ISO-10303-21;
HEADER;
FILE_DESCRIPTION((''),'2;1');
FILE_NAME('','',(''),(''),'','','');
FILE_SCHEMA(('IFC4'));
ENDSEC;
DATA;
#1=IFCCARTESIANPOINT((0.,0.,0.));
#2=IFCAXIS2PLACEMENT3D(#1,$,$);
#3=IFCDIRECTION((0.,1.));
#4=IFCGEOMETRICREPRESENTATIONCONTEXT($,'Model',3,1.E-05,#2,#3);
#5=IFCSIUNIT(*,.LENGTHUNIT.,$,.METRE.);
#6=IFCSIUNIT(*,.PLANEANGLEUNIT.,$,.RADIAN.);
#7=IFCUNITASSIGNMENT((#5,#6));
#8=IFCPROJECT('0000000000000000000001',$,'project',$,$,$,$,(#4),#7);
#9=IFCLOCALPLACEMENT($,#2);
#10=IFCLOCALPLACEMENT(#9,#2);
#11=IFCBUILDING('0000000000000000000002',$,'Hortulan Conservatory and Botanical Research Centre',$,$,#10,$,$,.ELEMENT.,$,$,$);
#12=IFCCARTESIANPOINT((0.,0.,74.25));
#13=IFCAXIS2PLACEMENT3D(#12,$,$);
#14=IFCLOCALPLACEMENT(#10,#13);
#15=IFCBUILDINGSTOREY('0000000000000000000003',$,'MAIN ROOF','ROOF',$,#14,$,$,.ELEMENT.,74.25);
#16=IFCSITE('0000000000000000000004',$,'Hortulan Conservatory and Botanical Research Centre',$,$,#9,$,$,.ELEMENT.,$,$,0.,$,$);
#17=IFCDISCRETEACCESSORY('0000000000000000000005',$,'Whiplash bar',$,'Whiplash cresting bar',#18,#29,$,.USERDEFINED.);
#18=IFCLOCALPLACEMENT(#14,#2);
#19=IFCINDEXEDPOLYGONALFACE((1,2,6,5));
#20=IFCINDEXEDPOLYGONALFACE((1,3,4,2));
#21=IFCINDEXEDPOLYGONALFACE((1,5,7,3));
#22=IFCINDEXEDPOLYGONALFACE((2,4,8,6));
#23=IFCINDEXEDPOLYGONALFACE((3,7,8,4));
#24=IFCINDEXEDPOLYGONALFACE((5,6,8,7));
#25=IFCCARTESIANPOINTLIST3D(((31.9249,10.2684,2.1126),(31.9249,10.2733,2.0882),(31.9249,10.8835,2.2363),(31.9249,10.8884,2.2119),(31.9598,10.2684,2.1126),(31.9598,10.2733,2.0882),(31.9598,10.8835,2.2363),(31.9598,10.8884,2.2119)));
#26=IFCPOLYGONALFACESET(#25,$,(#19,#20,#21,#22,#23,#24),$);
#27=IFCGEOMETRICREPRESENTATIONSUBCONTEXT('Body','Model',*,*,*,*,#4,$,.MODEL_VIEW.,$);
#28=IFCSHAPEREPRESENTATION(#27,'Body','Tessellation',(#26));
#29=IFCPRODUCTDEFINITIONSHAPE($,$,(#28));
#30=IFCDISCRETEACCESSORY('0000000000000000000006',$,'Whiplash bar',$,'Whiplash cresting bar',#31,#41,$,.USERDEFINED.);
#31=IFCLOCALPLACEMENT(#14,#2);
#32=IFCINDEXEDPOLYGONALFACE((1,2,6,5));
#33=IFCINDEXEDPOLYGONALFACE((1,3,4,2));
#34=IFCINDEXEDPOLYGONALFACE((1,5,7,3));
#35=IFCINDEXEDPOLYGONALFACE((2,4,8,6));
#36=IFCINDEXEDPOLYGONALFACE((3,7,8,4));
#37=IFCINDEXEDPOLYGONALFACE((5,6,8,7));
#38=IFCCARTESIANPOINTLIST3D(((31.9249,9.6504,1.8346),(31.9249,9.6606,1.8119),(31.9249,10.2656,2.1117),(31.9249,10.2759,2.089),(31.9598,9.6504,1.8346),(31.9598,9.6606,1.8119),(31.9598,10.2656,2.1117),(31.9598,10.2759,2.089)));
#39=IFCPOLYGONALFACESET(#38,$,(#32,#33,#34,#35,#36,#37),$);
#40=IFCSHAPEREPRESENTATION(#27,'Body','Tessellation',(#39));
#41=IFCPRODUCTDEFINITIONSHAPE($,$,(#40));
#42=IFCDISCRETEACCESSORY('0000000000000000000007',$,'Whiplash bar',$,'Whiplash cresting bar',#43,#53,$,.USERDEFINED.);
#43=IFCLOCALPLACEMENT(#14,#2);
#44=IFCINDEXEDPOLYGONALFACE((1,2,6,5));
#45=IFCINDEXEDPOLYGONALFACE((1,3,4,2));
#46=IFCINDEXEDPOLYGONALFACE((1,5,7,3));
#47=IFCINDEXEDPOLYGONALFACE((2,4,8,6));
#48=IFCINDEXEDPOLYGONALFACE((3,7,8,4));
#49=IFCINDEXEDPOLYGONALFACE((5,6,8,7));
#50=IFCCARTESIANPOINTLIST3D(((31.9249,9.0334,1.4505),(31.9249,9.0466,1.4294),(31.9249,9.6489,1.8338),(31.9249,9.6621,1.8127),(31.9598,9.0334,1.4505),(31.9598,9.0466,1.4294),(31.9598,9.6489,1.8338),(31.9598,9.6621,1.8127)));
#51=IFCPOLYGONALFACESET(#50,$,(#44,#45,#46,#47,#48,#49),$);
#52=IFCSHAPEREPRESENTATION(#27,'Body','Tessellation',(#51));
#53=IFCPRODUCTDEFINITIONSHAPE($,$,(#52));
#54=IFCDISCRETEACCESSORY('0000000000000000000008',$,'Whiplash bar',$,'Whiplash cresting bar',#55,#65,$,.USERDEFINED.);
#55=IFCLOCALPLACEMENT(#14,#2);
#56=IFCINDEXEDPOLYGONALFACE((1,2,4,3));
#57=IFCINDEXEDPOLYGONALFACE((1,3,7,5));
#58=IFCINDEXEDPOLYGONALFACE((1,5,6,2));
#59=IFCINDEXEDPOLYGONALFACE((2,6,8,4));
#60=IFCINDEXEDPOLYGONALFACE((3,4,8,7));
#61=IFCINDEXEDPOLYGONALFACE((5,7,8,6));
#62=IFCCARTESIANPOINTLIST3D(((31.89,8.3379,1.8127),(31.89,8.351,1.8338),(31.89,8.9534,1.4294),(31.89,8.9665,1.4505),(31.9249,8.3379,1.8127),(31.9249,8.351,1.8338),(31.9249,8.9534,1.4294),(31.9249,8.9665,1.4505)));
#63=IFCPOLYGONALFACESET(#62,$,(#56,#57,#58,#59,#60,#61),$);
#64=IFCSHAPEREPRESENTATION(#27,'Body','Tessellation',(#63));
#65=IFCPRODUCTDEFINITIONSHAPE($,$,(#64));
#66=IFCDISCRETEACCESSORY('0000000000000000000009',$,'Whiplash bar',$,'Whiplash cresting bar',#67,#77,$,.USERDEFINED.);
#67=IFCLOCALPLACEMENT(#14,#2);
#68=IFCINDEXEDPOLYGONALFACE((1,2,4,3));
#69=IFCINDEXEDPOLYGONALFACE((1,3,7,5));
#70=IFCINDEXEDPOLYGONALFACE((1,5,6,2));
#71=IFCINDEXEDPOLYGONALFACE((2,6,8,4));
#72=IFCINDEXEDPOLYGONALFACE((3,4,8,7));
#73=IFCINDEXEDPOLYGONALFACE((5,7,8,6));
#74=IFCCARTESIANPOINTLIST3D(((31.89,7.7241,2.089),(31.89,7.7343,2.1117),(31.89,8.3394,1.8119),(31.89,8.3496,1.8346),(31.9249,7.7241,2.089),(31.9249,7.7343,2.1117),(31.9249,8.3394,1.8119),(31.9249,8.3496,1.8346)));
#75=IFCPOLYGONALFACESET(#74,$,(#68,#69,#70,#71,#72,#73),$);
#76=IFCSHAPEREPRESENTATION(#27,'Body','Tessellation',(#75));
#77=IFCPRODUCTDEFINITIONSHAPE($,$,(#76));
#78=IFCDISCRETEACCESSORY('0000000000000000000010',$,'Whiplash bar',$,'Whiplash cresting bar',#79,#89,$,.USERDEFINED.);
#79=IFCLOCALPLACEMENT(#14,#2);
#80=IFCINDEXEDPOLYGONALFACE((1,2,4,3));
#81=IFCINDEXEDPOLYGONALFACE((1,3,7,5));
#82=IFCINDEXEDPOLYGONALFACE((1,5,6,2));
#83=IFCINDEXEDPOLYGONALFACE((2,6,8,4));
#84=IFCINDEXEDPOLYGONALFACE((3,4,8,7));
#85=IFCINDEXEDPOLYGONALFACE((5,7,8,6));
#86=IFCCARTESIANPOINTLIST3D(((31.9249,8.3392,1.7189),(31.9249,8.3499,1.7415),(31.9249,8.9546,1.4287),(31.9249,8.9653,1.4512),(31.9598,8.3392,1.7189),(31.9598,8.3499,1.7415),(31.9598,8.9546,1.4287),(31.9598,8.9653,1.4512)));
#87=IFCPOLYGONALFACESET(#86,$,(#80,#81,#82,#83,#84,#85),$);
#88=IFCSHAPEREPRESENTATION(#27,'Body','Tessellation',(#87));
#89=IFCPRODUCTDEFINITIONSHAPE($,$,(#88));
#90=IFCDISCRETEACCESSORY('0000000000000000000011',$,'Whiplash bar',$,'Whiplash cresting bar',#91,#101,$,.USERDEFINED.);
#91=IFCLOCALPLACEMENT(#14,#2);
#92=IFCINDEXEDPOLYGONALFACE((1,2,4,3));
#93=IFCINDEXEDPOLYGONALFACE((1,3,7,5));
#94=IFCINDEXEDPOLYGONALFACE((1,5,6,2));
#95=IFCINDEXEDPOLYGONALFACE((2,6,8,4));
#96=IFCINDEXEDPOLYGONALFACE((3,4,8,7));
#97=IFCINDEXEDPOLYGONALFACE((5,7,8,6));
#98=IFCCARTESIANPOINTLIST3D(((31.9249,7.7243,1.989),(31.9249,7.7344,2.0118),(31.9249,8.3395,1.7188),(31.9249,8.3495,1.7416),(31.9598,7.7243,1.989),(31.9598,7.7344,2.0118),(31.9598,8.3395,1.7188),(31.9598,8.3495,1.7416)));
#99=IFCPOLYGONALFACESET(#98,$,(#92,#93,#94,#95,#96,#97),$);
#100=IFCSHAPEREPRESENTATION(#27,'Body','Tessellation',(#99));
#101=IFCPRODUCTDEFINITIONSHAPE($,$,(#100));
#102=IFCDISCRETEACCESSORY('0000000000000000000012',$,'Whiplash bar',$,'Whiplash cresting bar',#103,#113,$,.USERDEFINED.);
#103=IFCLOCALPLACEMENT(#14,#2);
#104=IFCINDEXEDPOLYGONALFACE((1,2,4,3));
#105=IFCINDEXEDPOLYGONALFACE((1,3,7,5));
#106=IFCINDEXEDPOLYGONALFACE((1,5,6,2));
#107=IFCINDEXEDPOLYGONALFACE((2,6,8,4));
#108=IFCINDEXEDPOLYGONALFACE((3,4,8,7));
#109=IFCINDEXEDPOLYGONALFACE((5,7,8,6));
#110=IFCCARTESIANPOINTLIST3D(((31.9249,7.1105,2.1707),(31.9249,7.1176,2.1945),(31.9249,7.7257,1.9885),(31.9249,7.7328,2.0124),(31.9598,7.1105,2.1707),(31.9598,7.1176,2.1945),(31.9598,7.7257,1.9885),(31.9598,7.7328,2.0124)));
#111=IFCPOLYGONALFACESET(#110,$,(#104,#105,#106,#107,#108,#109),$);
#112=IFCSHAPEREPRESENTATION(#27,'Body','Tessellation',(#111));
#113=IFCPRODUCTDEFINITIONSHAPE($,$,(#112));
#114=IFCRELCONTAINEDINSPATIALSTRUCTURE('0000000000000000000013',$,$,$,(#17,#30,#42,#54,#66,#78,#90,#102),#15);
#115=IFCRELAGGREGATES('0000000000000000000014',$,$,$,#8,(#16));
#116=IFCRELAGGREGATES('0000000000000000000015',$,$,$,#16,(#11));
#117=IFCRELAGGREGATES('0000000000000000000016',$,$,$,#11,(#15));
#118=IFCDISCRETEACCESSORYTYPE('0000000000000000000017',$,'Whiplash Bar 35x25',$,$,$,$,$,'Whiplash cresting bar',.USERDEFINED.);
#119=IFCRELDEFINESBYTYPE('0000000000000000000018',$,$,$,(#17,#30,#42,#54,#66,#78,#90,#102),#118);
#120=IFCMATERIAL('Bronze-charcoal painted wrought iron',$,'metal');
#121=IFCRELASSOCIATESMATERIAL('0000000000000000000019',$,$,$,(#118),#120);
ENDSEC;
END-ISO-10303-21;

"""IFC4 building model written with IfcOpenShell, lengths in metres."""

from ifc_helpers import new_model, si_unit, direction, frame, origin, origin_2d, place, context, subcontext, project, spatial, rectangle, extrude, material, material_profile, profile_set, type_object, element, save


model = new_model("IFC4")

# Units and contexts
model_context = context("Model", 3, precision=1e-05, world=origin(), true_north=direction((0.0, 1.0)))
body_context = subcontext(model_context, "Body", "Model", "MODEL_VIEW")
ifc_project = project(units=[si_unit("LENGTHUNIT", "METRE"), si_unit("PLANEANGLEUNIT", "RADIAN")], contexts=[model_context])

# Site, building, storey
site_placement = place(None, origin())
site = spatial("IfcSite", under=ifc_project, at=site_placement, Name="Hortulan Conservatory and Botanical Research Centre", CompositionType="ELEMENT", RefElevation=0.0)
building_placement = place(site_placement, origin())
building = spatial("IfcBuilding", under=site, at=building_placement, Name="Hortulan Conservatory and Botanical Research Centre", CompositionType="ELEMENT")
storey_placement = place(building_placement, frame((0.0, 0.0, 74.25)))
storey = spatial("IfcBuildingStorey", under=building, at=storey_placement, Name="MAIN ROOF", Description="ROOF", CompositionType="ELEMENT", Elevation=74.25)

# Discrete accessories
ifc_material = material(Name="Bronze-charcoal painted wrought iron", Category="metal")
ifc_material_profile_1 = material_profile(ifc_material, rectangle(XDim=0.0349, YDim=0.0249, at=origin_2d()), Name="Flat bar 35x25")
ifc_profile_set_1 = profile_set([ifc_material_profile_1], Name="Bronze-charcoal painted wrought iron")
discrete_accessory_type_1 = type_object("IfcDiscreteAccessoryType", Name="Whiplash Bar 35x25", ElementType="Whiplash cresting bar", PredefinedType="USERDEFINED", material=ifc_profile_set_1)
discrete_accessory_1_placement = place(storey_placement, frame((31.9424, 10.886, 2.2241), z_axis=(0.0, -0.980356, -0.197238), x_axis=(1.0, 0.0, 0.0)))
element("IfcDiscreteAccessory", 1, at=discrete_accessory_1_placement, inside=storey, type_object=discrete_accessory_type_1, Name="Whiplash bar", ObjectType="Whiplash cresting bar", PredefinedType="USERDEFINED", context=body_context, shape_type="SweptSolid", body=[
    extrude(rectangle(XDim=0.0349, YDim=0.0249, at=origin_2d()), origin(), (0.0, 0.0, 1.0), 0.6274),
])
discrete_accessory_2_placement = place(storey_placement, frame((31.9424, 10.2708, 2.1003), z_axis=(0.0, -0.911786, -0.410666), x_axis=(1.0, 0.0, 0.0)))
element("IfcDiscreteAccessory", 2, at=discrete_accessory_2_placement, inside=storey, type_object=discrete_accessory_type_1, Name="Whiplash bar", ObjectType="Whiplash cresting bar", PredefinedType="USERDEFINED", context=body_context, shape_type="SweptSolid", body=[
    extrude(rectangle(XDim=0.0349, YDim=0.0249, at=origin_2d()), origin(), (0.0, 0.0, 1.0), 0.6748),
])
for number, where, z_axis, x_axis, name in (
    (3, (31.9424, 9.6555, 1.8232), (0.0, -0.848848, -0.528636), (1.0, 0.0, 0.0), "Whiplash bar"),
    (4, (31.9075, 8.96, 1.4399), (0.0, -0.848848, 0.528636), (1.0, 0.0, 0.0), "Whiplash bar"),
):
    element("IfcDiscreteAccessory", number, at=place(storey_placement, frame(where, z_axis=z_axis, x_axis=x_axis)), inside=storey, type_object=discrete_accessory_type_1, Name=name, ObjectType="Whiplash cresting bar", PredefinedType="USERDEFINED", context=body_context, shape_type="SweptSolid", body=[
        extrude(rectangle(XDim=0.0349, YDim=0.0249, at=origin_2d()), origin(), (0.0, 0.0, 1.0), 0.7251),
    ])
discrete_accessory_3_placement = place(storey_placement, frame((31.9075, 8.3445, 1.8232), z_axis=(0.0, -0.911786, 0.410666), x_axis=(1.0, 0.0, 0.0)))
element("IfcDiscreteAccessory", 5, at=discrete_accessory_3_placement, inside=storey, type_object=discrete_accessory_type_1, Name="Whiplash bar", ObjectType="Whiplash cresting bar", PredefinedType="USERDEFINED", context=body_context, shape_type="SweptSolid", body=[
    extrude(rectangle(XDim=0.0349, YDim=0.0249, at=origin_2d()), origin(), (0.0, 0.0, 1.0), 0.6748),
])
discrete_accessory_4_placement = place(storey_placement, frame((31.9424, 8.96, 1.4399), z_axis=(0.0, -0.904452, 0.426574), x_axis=(1.0, 0.0, 0.0)))
element("IfcDiscreteAccessory", 6, at=discrete_accessory_4_placement, inside=storey, type_object=discrete_accessory_type_1, Name="Whiplash bar", ObjectType="Whiplash cresting bar", PredefinedType="USERDEFINED", context=body_context, shape_type="SweptSolid", body=[
    extrude(rectangle(XDim=0.0349, YDim=0.0249, at=origin_2d()), origin(), (0.0, 0.0, 1.0), 0.6804),
])
discrete_accessory_5_placement = place(storey_placement, frame((31.9424, 8.3445, 1.7302), z_axis=(0.0, -0.915556, 0.402191), x_axis=(1.0, 0.0, 0.0)))
element("IfcDiscreteAccessory", 7, at=discrete_accessory_5_placement, inside=storey, type_object=discrete_accessory_type_1, Name="Whiplash bar", ObjectType="Whiplash cresting bar", PredefinedType="USERDEFINED", context=body_context, shape_type="SweptSolid", body=[
    extrude(rectangle(XDim=0.0349, YDim=0.0249, at=origin_2d()), origin(), (0.0, 0.0, 1.0), 0.6719),
])
discrete_accessory_6_placement = place(storey_placement, frame((31.9424, 7.7292, 2.0005), z_axis=(0.0, -0.958867, 0.283855), x_axis=(1.0, 0.0, 0.0)))
element("IfcDiscreteAccessory", 8, at=discrete_accessory_6_placement, inside=storey, type_object=discrete_accessory_type_1, Name="Whiplash bar", ObjectType="Whiplash cresting bar", PredefinedType="USERDEFINED", context=body_context, shape_type="SweptSolid", body=[
    extrude(rectangle(XDim=0.0349, YDim=0.0249, at=origin_2d()), origin(), (0.0, 0.0, 1.0), 0.6416),
])

save(model, "model.ifc")
